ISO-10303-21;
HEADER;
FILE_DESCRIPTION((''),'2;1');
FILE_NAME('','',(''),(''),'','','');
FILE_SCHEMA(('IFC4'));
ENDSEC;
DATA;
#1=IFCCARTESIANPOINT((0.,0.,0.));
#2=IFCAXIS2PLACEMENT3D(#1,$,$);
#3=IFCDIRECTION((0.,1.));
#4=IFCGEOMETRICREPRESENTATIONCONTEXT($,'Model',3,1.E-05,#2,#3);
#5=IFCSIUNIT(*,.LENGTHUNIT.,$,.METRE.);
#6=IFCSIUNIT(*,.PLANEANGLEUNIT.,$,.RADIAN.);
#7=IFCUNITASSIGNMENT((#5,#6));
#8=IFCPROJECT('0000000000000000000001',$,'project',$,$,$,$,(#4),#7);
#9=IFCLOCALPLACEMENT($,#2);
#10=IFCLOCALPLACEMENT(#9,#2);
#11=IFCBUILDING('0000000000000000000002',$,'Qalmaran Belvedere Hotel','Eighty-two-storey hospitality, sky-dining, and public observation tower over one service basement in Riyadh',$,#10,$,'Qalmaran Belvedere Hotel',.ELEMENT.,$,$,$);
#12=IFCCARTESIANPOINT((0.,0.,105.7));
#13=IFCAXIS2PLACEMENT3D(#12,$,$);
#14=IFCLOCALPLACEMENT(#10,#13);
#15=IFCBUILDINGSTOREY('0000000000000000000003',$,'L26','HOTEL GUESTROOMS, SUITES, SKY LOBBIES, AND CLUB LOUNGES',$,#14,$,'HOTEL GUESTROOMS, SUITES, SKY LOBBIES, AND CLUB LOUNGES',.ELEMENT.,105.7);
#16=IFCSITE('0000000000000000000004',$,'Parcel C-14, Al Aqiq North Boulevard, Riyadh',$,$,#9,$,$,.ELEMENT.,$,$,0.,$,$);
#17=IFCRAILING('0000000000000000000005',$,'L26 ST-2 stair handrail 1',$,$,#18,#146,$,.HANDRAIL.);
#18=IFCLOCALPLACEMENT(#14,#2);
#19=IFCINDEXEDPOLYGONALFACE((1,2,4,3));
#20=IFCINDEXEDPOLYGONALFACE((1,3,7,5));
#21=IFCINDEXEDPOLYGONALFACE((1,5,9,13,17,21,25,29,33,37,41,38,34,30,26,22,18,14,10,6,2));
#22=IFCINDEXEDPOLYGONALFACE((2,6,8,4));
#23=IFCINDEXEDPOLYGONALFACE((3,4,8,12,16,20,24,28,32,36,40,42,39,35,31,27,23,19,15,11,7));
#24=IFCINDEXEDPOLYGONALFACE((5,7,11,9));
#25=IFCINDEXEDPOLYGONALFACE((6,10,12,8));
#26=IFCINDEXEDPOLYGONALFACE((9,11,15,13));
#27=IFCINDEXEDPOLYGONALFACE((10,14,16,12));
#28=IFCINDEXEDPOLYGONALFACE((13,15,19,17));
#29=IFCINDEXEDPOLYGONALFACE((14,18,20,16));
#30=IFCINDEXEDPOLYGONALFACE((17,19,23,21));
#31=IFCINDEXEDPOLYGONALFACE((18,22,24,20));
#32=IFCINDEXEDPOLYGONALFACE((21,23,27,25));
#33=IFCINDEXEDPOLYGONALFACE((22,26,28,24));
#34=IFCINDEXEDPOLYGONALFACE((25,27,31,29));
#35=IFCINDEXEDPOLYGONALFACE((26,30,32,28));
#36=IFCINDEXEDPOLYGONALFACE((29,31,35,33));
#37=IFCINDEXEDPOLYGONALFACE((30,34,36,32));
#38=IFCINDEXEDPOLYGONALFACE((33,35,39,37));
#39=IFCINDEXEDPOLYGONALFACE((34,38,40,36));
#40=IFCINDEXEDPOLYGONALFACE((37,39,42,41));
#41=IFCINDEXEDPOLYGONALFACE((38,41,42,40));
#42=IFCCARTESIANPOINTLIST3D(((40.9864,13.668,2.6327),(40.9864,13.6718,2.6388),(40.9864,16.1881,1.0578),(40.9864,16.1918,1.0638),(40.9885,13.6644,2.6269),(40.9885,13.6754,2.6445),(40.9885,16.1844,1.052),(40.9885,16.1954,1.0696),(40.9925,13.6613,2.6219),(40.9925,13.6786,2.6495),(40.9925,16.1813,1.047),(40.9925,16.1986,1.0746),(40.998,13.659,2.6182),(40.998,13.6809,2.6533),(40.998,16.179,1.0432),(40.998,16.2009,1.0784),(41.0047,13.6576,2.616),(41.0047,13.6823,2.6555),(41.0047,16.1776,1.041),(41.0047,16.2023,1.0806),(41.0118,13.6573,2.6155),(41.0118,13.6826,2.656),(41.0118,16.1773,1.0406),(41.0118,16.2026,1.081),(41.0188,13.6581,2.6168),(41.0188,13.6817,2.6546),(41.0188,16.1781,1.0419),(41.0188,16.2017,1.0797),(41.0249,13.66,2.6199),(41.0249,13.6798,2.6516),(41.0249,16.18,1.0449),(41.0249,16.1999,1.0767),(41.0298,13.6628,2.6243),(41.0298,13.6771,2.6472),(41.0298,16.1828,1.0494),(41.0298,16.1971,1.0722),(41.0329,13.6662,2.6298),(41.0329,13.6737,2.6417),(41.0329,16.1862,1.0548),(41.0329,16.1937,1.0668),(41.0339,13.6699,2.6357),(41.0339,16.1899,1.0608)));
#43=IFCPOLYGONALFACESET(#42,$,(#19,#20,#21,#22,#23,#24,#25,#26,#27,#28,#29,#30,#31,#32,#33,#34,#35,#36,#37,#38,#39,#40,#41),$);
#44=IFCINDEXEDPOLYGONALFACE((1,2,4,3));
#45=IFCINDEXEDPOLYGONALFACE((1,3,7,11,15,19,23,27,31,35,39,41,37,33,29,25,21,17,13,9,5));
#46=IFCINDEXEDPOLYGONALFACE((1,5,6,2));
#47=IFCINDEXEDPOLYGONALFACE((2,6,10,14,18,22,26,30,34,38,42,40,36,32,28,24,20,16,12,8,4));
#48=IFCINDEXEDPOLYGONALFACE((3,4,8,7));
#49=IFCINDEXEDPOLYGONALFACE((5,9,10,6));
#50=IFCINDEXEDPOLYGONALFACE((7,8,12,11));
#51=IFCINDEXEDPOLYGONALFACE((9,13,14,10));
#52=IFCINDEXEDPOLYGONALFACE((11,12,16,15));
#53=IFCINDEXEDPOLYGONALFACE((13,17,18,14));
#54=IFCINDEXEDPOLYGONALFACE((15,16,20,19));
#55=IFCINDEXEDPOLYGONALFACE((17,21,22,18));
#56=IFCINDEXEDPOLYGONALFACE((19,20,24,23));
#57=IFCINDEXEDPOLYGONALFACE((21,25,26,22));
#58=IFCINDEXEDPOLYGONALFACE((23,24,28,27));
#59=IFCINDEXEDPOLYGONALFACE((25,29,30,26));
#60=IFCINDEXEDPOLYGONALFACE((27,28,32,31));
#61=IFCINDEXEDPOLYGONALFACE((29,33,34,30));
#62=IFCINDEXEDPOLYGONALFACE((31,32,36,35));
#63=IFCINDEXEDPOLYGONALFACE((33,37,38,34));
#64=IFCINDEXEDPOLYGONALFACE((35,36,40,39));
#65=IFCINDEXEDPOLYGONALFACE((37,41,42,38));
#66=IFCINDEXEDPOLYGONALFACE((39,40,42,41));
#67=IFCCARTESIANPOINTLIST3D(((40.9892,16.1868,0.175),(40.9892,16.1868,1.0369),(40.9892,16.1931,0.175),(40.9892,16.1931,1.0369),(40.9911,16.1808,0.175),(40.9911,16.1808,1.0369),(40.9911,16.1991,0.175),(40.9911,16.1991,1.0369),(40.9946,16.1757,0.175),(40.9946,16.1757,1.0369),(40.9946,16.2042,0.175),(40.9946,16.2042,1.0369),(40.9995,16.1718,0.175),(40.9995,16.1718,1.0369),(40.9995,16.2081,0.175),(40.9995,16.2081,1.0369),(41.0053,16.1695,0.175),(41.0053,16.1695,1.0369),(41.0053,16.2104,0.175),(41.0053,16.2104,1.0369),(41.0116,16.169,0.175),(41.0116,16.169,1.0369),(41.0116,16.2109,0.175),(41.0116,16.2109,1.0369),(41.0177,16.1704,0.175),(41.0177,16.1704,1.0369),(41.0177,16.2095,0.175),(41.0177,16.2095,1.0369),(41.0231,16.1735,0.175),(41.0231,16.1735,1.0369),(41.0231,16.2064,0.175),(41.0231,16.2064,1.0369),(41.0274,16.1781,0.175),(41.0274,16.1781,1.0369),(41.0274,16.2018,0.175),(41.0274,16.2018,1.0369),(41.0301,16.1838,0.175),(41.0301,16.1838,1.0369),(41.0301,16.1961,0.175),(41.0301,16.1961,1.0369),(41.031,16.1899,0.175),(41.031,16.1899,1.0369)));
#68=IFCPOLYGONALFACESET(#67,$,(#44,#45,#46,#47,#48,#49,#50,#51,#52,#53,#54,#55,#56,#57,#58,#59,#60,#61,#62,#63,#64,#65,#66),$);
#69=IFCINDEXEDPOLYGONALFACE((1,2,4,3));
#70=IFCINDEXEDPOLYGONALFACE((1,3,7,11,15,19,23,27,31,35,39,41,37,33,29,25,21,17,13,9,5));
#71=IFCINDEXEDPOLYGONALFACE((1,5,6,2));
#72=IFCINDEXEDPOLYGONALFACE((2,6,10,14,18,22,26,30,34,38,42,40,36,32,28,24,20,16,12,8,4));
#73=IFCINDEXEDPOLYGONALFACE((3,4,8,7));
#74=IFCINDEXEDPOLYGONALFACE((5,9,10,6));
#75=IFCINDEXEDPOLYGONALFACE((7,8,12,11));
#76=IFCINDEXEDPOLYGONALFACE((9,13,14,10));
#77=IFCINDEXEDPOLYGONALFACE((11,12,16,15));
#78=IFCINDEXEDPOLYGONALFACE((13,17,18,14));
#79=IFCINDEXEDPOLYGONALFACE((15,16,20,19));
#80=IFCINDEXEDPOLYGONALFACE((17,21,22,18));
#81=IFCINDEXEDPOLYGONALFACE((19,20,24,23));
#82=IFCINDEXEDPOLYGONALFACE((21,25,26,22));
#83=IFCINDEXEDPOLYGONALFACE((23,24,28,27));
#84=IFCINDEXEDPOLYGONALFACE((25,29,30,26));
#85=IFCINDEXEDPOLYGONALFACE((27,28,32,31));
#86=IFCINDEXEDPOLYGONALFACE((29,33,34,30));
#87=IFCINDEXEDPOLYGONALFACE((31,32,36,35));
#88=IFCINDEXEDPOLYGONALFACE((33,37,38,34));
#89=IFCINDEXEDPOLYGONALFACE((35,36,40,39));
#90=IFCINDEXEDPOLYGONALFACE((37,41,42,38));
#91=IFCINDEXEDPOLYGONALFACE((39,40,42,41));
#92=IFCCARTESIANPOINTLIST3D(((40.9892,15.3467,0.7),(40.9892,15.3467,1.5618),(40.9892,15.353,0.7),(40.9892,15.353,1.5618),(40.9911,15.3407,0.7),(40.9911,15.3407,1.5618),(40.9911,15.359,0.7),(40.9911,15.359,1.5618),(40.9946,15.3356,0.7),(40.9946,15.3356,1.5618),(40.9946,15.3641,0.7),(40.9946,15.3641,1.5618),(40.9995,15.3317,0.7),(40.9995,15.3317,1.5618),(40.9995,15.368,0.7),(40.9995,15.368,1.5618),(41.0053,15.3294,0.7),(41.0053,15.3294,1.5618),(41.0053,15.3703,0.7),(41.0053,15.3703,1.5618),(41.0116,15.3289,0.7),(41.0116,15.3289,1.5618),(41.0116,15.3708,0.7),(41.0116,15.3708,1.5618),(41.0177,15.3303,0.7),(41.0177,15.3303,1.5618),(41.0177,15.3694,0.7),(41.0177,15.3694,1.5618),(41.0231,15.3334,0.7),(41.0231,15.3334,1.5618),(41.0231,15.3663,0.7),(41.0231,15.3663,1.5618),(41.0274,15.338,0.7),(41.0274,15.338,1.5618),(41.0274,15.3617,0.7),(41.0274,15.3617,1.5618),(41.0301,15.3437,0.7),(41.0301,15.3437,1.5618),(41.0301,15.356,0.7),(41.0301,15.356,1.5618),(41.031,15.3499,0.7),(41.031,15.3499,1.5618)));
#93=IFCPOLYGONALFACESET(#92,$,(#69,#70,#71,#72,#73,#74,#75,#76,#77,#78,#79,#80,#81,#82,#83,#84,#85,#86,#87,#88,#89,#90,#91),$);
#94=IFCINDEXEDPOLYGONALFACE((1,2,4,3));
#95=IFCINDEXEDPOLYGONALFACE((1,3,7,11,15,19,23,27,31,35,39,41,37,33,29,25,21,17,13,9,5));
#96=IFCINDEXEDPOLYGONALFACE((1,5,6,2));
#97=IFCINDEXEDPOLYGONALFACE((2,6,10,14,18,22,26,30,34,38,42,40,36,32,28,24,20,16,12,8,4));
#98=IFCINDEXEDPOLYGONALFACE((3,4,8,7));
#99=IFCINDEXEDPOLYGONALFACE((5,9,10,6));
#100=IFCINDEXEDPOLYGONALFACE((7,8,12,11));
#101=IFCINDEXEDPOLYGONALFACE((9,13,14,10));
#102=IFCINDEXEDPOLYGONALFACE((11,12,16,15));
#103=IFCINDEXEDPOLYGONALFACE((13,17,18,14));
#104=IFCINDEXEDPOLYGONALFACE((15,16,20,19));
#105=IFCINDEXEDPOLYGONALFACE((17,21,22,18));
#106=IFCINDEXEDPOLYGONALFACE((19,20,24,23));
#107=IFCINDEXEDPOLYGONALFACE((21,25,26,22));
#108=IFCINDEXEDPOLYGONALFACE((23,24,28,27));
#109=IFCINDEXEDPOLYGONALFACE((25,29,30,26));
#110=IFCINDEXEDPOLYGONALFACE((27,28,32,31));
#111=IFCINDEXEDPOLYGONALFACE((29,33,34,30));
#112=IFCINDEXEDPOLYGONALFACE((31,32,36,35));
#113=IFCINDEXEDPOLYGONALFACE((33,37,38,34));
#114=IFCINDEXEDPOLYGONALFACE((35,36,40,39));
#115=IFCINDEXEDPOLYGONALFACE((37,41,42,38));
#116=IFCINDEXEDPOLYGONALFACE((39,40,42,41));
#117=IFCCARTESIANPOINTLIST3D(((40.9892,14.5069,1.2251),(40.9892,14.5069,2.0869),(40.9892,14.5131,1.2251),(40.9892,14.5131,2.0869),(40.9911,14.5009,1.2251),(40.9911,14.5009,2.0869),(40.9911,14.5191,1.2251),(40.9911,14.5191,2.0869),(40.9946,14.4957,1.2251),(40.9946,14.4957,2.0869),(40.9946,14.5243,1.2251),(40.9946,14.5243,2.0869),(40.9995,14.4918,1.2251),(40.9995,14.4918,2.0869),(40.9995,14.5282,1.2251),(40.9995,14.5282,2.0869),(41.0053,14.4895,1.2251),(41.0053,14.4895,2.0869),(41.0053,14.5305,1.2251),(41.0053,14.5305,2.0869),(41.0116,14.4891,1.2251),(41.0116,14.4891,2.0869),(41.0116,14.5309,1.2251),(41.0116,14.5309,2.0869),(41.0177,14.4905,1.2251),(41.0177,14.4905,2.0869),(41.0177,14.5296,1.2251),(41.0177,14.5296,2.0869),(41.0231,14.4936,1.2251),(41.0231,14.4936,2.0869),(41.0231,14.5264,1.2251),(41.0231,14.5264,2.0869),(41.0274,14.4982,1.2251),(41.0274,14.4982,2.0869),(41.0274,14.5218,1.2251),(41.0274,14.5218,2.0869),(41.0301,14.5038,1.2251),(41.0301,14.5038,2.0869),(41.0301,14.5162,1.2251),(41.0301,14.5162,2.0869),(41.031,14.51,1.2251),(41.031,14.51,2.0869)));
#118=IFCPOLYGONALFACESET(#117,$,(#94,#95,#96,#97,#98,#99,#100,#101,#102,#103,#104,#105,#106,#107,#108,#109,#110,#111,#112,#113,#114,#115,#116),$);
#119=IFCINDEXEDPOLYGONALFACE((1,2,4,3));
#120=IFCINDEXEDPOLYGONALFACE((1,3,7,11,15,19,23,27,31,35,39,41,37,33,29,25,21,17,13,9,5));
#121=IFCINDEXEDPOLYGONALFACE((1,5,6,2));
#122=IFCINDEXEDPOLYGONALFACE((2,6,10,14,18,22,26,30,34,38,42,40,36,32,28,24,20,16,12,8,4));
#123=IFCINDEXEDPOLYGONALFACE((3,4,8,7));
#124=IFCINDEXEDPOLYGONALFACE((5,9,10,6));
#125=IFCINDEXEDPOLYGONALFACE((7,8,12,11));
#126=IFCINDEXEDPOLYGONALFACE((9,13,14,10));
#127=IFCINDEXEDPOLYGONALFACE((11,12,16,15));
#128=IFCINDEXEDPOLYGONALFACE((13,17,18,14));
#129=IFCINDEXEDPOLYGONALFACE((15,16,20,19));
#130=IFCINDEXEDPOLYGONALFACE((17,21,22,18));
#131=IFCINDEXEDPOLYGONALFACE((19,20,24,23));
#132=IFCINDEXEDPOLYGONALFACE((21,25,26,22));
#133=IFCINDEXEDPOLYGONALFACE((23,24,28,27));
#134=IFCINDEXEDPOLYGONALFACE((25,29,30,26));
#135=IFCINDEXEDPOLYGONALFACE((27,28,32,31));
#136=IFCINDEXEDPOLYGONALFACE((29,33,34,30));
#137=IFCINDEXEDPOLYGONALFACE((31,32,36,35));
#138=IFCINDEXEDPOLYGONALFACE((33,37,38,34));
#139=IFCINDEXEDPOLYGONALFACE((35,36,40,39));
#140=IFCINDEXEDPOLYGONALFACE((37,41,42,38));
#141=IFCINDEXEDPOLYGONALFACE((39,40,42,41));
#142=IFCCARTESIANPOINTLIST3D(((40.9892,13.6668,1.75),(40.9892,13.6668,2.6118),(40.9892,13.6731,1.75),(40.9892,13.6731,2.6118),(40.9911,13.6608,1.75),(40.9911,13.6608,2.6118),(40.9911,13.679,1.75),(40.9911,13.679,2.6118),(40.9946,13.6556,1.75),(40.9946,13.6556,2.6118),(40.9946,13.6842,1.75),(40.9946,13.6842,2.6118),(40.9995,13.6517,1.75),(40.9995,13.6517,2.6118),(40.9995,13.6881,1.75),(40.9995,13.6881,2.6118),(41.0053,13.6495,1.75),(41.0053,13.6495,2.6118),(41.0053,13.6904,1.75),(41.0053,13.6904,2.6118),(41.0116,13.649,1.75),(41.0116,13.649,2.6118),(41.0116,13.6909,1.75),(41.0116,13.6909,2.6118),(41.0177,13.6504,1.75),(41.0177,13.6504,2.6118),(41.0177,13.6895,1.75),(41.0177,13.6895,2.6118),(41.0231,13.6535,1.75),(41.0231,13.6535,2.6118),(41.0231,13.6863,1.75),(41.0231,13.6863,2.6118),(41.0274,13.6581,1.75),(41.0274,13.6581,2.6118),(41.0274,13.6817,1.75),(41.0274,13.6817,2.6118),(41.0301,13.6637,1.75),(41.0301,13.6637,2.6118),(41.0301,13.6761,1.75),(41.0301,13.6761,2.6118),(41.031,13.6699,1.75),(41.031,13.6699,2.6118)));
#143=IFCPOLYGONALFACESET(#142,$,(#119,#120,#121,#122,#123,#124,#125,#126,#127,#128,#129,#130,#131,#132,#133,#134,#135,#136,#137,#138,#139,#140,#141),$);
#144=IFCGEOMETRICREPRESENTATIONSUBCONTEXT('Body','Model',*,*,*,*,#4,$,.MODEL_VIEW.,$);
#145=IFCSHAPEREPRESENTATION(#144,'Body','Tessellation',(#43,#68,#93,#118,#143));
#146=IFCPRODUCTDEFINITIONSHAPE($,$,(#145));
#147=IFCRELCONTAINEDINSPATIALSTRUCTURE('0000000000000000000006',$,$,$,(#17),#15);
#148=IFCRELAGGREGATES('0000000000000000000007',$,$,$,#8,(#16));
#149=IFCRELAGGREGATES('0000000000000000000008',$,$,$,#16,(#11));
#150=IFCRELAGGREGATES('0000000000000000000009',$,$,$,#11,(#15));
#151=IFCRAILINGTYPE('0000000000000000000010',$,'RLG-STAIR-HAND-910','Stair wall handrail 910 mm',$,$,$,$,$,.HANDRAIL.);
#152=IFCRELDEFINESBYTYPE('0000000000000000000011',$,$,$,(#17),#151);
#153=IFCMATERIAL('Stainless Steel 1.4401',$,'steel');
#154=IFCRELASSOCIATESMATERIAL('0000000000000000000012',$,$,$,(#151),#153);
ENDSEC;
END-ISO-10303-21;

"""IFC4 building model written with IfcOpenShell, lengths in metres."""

from ifc_helpers import new_model, si_unit, direction, frame, origin, origin_2d, place, context, subcontext, project, spatial, circle, extrude, material, type_object, element, save


model = new_model("IFC4")

# Units and contexts
model_context = context("Model", 3, precision=1e-05, world=origin(), true_north=direction((0.0, 1.0)))
body_context = subcontext(model_context, "Body", "Model", "MODEL_VIEW")
ifc_project = project(units=[si_unit("LENGTHUNIT", "METRE"), si_unit("PLANEANGLEUNIT", "RADIAN")], contexts=[model_context])

# Site, building, storey
site_placement = place(None, origin())
site = spatial("IfcSite", under=ifc_project, at=site_placement, Name="Parcel C-14, Al Aqiq North Boulevard, Riyadh", CompositionType="ELEMENT", RefElevation=0.0)
building_placement = place(site_placement, origin())
building = spatial("IfcBuilding", under=site, at=building_placement, Name="Qalmaran Belvedere Hotel", Description="Eighty-two-storey hospitality, sky-dining, and public observation tower over one service basement in Riyadh", LongName="Qalmaran Belvedere Hotel", CompositionType="ELEMENT")
storey_placement = place(building_placement, frame((0.0, 0.0, 105.7)))
storey = spatial("IfcBuildingStorey", under=building, at=storey_placement, Name="L26", Description="HOTEL GUESTROOMS, SUITES, SKY LOBBIES, AND CLUB LOUNGES", LongName="HOTEL GUESTROOMS, SUITES, SKY LOBBIES, AND CLUB LOUNGES", CompositionType="ELEMENT", Elevation=105.7)

# Shared definitions
ifc_material_1 = material(Name="Stainless Steel 1.4401", Category="steel")

# Railing
railing_type_1 = type_object("IfcRailingType", Name="RLG-STAIR-HAND-910", Description="Stair wall handrail 910 mm", PredefinedType="HANDRAIL", material=ifc_material_1)
railing_1_placement = place(storey_placement, frame((41.01, 16.1899, 0.175)))
element("IfcRailing", 1, at=railing_1_placement, inside=storey, type_object=railing_type_1, Name="L26 ST-2 stair handrail 1", PredefinedType="HANDRAIL", context=body_context, shape_type="SweptSolid", body=[
    extrude(circle(Radius=0.0239, at=origin_2d()), frame((0.0, 0.0, 0.8857), z_axis=(0.0, -0.848008, 0.529984), x_axis=(1.0, 0.0, 0.0)), (0.0, 0.0, 1.0), 2.9717),
    extrude(circle(Radius=0.021, at=origin_2d()), origin(), (0.0, 0.0, 1.0), 0.8618),
    extrude(circle(Radius=0.021, at=origin_2d()), frame((0.0, -0.8401, 0.5249)), (0.0, 0.0, 1.0), 0.8618),
    extrude(circle(Radius=0.021, at=origin_2d()), frame((0.0, -1.6799, 1.05)), (0.0, 0.0, 1.0), 0.8618),
    extrude(circle(Radius=0.021, at=origin_2d()), frame((0.0, -2.52, 1.575)), (0.0, 0.0, 1.0), 0.8618),
])

save(model, "model.ifc")
